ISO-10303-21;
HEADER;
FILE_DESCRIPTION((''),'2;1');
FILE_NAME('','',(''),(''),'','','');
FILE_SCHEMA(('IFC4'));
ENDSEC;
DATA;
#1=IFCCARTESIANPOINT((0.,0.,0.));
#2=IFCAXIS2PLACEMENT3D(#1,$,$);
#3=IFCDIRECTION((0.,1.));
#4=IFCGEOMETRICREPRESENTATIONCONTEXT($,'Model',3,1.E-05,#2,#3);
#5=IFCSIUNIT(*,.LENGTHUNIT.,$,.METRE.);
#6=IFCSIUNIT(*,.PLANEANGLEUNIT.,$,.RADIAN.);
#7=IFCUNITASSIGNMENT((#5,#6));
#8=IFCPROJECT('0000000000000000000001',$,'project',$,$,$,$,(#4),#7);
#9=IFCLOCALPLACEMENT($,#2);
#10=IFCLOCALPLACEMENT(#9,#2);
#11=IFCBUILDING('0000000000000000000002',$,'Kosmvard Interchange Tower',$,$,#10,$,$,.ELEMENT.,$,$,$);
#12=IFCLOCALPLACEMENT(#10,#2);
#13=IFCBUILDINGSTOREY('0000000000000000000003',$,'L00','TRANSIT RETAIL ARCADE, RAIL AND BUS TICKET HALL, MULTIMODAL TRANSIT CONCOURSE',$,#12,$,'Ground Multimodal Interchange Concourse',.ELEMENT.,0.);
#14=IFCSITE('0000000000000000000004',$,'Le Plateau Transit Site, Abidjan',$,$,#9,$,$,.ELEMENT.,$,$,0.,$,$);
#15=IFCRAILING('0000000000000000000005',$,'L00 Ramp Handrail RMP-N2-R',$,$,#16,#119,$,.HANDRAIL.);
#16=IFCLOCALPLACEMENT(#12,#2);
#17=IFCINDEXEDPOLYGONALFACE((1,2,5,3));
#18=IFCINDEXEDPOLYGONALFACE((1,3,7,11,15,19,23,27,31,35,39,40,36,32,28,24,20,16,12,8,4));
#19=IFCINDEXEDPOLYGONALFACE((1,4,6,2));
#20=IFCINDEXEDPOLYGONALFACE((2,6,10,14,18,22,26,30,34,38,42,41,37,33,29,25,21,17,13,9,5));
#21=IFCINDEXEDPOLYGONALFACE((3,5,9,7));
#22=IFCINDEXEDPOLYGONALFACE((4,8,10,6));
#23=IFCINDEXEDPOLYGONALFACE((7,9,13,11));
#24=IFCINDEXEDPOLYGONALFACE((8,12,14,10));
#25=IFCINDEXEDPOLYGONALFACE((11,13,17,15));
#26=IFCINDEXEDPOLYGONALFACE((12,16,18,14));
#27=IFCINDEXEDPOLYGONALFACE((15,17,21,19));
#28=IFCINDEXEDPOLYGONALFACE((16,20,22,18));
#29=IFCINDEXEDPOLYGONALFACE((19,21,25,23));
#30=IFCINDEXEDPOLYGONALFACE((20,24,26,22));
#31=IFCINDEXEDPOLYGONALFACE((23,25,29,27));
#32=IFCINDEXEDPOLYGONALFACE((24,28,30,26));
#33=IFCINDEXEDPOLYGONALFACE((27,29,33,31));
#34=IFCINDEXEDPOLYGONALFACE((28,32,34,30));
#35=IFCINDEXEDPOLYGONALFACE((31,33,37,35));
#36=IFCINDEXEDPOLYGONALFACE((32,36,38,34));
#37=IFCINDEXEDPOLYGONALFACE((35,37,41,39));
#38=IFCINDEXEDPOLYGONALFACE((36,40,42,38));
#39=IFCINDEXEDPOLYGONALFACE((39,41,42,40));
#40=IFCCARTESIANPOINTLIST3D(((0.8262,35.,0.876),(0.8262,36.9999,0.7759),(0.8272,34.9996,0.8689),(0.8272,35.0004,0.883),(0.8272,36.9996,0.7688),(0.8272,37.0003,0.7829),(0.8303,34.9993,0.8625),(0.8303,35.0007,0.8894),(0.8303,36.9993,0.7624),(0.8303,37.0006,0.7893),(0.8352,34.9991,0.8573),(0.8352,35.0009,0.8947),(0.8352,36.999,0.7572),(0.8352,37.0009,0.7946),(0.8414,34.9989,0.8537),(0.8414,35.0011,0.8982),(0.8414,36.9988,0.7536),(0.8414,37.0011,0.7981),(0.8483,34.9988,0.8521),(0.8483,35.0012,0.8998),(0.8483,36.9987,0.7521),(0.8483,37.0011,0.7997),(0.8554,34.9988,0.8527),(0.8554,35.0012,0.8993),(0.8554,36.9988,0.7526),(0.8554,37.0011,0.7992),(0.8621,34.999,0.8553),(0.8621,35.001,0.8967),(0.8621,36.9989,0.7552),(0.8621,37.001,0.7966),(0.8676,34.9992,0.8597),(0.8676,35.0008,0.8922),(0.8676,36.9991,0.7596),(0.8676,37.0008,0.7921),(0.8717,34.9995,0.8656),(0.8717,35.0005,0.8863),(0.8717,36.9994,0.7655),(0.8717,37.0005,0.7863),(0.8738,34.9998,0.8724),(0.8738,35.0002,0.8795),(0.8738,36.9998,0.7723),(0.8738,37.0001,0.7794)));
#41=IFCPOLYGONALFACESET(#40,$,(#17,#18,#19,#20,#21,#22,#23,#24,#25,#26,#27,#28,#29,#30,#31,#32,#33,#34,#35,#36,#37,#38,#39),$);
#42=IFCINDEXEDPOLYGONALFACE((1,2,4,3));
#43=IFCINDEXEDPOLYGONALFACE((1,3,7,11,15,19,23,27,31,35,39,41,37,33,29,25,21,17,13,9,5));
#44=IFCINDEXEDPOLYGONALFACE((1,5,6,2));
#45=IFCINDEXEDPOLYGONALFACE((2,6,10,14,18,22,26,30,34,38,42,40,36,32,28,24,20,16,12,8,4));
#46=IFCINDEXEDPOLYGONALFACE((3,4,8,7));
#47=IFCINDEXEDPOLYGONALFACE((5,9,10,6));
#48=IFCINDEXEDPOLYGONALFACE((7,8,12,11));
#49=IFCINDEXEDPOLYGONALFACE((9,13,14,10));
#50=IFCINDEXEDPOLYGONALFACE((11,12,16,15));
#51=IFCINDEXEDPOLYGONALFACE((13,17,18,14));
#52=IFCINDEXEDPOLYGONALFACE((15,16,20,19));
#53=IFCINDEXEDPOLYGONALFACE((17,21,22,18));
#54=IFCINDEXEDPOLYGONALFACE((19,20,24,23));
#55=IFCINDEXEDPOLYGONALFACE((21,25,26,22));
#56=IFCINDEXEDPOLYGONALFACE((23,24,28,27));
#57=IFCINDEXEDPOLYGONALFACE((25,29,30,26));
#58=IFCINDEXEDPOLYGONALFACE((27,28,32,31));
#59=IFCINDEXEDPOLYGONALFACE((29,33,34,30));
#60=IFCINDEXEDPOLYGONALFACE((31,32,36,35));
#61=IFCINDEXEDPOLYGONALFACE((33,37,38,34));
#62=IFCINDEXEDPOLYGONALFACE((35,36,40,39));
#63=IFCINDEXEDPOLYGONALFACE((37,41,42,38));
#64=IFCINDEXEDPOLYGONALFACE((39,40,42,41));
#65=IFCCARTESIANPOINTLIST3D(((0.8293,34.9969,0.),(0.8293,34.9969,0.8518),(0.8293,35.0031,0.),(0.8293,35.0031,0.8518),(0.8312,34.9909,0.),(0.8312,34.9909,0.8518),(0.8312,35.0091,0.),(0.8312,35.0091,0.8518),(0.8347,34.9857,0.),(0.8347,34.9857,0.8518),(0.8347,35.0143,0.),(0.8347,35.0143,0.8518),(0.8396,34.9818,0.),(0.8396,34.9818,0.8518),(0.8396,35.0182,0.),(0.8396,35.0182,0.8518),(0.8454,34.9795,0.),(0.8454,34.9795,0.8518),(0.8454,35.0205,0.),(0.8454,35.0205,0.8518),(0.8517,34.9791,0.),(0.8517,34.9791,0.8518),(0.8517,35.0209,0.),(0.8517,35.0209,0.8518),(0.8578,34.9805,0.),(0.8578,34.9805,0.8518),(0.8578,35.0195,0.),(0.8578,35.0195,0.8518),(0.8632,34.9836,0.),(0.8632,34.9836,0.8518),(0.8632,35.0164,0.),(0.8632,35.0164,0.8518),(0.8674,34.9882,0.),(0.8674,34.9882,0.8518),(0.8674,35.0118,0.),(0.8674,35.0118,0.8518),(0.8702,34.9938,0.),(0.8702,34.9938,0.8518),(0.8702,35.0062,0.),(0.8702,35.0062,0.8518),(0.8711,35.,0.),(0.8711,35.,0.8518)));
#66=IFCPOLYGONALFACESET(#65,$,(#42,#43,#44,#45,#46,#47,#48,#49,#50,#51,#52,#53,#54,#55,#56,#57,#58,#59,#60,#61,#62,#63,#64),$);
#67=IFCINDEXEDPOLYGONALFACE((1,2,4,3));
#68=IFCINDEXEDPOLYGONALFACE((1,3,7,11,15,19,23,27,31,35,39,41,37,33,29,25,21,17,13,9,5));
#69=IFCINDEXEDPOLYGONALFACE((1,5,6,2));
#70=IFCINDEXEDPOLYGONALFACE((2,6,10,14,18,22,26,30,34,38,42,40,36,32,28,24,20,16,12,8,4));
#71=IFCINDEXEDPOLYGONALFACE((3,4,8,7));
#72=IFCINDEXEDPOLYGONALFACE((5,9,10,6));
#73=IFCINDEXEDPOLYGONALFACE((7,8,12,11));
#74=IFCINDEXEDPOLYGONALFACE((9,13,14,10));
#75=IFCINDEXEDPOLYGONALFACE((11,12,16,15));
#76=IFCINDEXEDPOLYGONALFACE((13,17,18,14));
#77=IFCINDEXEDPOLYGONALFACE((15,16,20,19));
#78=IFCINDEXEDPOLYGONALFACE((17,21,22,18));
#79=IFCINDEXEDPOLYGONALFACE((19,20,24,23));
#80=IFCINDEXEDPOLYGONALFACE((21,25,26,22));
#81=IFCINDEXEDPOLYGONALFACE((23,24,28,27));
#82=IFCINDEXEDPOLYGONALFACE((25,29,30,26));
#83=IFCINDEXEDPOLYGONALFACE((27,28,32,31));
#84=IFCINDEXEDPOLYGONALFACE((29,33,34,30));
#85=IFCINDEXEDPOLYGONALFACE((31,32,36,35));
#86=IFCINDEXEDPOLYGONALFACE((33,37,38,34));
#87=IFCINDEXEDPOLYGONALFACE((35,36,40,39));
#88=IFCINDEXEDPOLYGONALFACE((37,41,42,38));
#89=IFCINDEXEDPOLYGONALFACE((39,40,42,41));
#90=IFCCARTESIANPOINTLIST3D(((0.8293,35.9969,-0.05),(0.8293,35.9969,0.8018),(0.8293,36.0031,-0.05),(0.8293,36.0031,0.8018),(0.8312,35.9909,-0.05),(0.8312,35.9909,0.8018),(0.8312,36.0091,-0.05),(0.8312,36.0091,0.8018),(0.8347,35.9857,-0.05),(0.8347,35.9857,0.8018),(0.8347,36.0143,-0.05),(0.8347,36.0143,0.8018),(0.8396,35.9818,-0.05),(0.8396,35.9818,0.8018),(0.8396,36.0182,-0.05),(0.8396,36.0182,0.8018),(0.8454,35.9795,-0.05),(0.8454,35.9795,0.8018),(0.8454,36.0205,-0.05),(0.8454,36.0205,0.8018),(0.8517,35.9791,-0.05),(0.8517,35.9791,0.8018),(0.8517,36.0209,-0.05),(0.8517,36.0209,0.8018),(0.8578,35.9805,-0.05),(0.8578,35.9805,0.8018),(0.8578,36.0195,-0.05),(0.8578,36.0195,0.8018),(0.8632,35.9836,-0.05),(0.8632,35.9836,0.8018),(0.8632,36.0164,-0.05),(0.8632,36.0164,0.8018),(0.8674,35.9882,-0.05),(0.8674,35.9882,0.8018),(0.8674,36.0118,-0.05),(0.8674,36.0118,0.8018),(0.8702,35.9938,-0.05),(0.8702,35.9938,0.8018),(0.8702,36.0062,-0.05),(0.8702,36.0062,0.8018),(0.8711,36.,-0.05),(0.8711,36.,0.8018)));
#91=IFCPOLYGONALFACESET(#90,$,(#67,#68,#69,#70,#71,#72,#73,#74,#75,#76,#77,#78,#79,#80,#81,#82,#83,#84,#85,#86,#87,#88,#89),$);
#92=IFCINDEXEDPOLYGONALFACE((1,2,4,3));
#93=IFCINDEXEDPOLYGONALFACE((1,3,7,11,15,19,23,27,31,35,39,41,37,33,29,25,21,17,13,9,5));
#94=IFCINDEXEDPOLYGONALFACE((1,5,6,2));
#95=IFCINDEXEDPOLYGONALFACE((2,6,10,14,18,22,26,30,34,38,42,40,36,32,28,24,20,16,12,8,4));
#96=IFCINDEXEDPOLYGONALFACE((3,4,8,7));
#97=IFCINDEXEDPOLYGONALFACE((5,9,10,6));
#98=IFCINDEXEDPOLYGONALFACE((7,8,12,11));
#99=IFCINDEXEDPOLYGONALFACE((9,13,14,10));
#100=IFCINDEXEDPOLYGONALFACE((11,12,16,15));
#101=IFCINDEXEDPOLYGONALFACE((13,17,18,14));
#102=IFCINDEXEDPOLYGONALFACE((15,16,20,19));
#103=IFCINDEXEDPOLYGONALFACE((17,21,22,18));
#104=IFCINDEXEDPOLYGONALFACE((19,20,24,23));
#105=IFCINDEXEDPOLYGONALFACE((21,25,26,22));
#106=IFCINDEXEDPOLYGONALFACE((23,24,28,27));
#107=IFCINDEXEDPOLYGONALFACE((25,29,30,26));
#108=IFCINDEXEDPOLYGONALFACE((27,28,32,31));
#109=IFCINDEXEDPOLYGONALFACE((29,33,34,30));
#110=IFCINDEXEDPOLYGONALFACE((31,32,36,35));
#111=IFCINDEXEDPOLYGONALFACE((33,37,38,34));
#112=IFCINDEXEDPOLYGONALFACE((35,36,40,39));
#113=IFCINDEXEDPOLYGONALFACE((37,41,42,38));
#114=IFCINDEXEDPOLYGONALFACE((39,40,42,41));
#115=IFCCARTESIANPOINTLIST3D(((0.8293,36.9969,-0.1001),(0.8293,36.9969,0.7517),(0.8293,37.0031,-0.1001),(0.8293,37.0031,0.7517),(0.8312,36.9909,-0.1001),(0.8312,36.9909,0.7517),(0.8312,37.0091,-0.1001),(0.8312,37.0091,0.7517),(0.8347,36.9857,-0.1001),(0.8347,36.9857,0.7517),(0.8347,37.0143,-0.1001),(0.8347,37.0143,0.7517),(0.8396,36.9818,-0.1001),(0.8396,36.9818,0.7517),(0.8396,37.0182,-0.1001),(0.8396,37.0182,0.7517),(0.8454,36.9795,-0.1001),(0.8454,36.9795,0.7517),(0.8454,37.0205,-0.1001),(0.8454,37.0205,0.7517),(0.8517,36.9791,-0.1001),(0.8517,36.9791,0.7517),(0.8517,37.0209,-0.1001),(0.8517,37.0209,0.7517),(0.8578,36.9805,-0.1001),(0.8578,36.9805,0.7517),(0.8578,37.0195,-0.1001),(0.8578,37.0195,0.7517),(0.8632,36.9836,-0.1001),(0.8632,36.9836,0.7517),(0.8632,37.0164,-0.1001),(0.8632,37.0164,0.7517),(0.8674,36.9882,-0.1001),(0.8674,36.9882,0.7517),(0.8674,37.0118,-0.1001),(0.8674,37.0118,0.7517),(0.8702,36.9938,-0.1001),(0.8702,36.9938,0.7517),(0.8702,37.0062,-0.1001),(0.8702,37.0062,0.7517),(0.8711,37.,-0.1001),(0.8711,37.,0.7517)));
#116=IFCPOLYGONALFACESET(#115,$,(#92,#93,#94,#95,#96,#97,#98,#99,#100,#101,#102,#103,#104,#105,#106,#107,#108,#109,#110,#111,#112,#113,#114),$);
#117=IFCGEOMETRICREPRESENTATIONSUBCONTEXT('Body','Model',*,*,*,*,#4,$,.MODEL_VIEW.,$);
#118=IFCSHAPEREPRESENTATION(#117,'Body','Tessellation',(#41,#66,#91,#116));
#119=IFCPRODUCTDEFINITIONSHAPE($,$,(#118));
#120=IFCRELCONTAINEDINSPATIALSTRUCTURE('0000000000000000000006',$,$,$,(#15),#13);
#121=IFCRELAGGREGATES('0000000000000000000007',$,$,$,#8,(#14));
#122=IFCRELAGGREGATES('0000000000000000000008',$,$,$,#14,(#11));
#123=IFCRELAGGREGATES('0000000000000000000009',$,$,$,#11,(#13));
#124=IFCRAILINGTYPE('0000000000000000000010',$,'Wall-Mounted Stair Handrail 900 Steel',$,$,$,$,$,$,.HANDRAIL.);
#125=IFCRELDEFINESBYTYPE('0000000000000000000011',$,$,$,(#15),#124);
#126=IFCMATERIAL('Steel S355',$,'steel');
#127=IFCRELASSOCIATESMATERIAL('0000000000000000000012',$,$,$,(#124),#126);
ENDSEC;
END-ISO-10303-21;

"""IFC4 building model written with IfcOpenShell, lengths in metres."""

from ifc_helpers import new_model, si_unit, direction, frame, origin, origin_2d, place, context, subcontext, project, spatial, circle, extrude, source, transform, mapped, material, type_object, element, save


model = new_model("IFC4")

# Units and contexts
model_context = context("Model", 3, precision=1e-05, world=origin(), true_north=direction((0.0, 1.0)))
body_context = subcontext(model_context, "Body", "Model", "MODEL_VIEW")
ifc_project = project(units=[si_unit("LENGTHUNIT", "METRE"), si_unit("PLANEANGLEUNIT", "RADIAN")], contexts=[model_context])

# Site, building, storey
site_placement = place(None, origin())
site = spatial("IfcSite", under=ifc_project, at=site_placement, Name="Le Plateau Transit Site, Abidjan", CompositionType="ELEMENT", RefElevation=0.0)
building_placement = place(site_placement, origin())
building = spatial("IfcBuilding", under=site, at=building_placement, Name="Kosmvard Interchange Tower", CompositionType="ELEMENT")
storey_placement = place(building_placement, origin())
storey = spatial("IfcBuildingStorey", under=building, at=storey_placement, Name="L00", Description="TRANSIT RETAIL ARCADE, RAIL AND BUS TICKET HALL, MULTIMODAL TRANSIT CONCOURSE", LongName="Ground Multimodal Interchange Concourse", CompositionType="ELEMENT", Elevation=0.0)

# Shared definitions
ifc_material_1 = material(Name="Steel S355", Category="steel")

# Railing
railing_type = type_object("IfcRailingType", Name="Wall-Mounted Stair Handrail 900 Steel", PredefinedType="HANDRAIL", material=ifc_material_1)
shared_shape_1 = source(origin(), body_context, "Body", "SweptSolid", [
    extrude(circle(Radius=0.0239, at=origin_2d()), frame((0.0, 0.0, 0.876), z_axis=(0.0, 0.99875, -0.049986), x_axis=(-1.0, 0.0, 0.0)), (0.0, 0.0, 1.0), 2.0024),
    extrude(circle(Radius=0.021, at=origin_2d()), origin(), (0.0, 0.0, 1.0), 0.8518),
    extrude(circle(Radius=0.021, at=origin_2d()), frame((0.0, 1.0, -0.05)), (0.0, 0.0, 1.0), 0.8518),
    extrude(circle(Radius=0.021, at=origin_2d()), frame((0.0, 2.0, -0.1001)), (0.0, 0.0, 1.0), 0.8518),
])
for number, where, name in (
    (1, (0.8501, 35.0, 0.0), "L00 Ramp Handrail RMP-N2-R"),
):
    element("IfcRailing", number, at=place(storey_placement, frame(where)), inside=storey, type_object=railing_type, Name=name, PredefinedType="HANDRAIL", context=body_context, shape_type="MappedRepresentation", body=[
        mapped(shared_shape_1, transform((0.0, 0.0, 0.0), scale=1.0)),
    ])

save(model, "model.ifc")
